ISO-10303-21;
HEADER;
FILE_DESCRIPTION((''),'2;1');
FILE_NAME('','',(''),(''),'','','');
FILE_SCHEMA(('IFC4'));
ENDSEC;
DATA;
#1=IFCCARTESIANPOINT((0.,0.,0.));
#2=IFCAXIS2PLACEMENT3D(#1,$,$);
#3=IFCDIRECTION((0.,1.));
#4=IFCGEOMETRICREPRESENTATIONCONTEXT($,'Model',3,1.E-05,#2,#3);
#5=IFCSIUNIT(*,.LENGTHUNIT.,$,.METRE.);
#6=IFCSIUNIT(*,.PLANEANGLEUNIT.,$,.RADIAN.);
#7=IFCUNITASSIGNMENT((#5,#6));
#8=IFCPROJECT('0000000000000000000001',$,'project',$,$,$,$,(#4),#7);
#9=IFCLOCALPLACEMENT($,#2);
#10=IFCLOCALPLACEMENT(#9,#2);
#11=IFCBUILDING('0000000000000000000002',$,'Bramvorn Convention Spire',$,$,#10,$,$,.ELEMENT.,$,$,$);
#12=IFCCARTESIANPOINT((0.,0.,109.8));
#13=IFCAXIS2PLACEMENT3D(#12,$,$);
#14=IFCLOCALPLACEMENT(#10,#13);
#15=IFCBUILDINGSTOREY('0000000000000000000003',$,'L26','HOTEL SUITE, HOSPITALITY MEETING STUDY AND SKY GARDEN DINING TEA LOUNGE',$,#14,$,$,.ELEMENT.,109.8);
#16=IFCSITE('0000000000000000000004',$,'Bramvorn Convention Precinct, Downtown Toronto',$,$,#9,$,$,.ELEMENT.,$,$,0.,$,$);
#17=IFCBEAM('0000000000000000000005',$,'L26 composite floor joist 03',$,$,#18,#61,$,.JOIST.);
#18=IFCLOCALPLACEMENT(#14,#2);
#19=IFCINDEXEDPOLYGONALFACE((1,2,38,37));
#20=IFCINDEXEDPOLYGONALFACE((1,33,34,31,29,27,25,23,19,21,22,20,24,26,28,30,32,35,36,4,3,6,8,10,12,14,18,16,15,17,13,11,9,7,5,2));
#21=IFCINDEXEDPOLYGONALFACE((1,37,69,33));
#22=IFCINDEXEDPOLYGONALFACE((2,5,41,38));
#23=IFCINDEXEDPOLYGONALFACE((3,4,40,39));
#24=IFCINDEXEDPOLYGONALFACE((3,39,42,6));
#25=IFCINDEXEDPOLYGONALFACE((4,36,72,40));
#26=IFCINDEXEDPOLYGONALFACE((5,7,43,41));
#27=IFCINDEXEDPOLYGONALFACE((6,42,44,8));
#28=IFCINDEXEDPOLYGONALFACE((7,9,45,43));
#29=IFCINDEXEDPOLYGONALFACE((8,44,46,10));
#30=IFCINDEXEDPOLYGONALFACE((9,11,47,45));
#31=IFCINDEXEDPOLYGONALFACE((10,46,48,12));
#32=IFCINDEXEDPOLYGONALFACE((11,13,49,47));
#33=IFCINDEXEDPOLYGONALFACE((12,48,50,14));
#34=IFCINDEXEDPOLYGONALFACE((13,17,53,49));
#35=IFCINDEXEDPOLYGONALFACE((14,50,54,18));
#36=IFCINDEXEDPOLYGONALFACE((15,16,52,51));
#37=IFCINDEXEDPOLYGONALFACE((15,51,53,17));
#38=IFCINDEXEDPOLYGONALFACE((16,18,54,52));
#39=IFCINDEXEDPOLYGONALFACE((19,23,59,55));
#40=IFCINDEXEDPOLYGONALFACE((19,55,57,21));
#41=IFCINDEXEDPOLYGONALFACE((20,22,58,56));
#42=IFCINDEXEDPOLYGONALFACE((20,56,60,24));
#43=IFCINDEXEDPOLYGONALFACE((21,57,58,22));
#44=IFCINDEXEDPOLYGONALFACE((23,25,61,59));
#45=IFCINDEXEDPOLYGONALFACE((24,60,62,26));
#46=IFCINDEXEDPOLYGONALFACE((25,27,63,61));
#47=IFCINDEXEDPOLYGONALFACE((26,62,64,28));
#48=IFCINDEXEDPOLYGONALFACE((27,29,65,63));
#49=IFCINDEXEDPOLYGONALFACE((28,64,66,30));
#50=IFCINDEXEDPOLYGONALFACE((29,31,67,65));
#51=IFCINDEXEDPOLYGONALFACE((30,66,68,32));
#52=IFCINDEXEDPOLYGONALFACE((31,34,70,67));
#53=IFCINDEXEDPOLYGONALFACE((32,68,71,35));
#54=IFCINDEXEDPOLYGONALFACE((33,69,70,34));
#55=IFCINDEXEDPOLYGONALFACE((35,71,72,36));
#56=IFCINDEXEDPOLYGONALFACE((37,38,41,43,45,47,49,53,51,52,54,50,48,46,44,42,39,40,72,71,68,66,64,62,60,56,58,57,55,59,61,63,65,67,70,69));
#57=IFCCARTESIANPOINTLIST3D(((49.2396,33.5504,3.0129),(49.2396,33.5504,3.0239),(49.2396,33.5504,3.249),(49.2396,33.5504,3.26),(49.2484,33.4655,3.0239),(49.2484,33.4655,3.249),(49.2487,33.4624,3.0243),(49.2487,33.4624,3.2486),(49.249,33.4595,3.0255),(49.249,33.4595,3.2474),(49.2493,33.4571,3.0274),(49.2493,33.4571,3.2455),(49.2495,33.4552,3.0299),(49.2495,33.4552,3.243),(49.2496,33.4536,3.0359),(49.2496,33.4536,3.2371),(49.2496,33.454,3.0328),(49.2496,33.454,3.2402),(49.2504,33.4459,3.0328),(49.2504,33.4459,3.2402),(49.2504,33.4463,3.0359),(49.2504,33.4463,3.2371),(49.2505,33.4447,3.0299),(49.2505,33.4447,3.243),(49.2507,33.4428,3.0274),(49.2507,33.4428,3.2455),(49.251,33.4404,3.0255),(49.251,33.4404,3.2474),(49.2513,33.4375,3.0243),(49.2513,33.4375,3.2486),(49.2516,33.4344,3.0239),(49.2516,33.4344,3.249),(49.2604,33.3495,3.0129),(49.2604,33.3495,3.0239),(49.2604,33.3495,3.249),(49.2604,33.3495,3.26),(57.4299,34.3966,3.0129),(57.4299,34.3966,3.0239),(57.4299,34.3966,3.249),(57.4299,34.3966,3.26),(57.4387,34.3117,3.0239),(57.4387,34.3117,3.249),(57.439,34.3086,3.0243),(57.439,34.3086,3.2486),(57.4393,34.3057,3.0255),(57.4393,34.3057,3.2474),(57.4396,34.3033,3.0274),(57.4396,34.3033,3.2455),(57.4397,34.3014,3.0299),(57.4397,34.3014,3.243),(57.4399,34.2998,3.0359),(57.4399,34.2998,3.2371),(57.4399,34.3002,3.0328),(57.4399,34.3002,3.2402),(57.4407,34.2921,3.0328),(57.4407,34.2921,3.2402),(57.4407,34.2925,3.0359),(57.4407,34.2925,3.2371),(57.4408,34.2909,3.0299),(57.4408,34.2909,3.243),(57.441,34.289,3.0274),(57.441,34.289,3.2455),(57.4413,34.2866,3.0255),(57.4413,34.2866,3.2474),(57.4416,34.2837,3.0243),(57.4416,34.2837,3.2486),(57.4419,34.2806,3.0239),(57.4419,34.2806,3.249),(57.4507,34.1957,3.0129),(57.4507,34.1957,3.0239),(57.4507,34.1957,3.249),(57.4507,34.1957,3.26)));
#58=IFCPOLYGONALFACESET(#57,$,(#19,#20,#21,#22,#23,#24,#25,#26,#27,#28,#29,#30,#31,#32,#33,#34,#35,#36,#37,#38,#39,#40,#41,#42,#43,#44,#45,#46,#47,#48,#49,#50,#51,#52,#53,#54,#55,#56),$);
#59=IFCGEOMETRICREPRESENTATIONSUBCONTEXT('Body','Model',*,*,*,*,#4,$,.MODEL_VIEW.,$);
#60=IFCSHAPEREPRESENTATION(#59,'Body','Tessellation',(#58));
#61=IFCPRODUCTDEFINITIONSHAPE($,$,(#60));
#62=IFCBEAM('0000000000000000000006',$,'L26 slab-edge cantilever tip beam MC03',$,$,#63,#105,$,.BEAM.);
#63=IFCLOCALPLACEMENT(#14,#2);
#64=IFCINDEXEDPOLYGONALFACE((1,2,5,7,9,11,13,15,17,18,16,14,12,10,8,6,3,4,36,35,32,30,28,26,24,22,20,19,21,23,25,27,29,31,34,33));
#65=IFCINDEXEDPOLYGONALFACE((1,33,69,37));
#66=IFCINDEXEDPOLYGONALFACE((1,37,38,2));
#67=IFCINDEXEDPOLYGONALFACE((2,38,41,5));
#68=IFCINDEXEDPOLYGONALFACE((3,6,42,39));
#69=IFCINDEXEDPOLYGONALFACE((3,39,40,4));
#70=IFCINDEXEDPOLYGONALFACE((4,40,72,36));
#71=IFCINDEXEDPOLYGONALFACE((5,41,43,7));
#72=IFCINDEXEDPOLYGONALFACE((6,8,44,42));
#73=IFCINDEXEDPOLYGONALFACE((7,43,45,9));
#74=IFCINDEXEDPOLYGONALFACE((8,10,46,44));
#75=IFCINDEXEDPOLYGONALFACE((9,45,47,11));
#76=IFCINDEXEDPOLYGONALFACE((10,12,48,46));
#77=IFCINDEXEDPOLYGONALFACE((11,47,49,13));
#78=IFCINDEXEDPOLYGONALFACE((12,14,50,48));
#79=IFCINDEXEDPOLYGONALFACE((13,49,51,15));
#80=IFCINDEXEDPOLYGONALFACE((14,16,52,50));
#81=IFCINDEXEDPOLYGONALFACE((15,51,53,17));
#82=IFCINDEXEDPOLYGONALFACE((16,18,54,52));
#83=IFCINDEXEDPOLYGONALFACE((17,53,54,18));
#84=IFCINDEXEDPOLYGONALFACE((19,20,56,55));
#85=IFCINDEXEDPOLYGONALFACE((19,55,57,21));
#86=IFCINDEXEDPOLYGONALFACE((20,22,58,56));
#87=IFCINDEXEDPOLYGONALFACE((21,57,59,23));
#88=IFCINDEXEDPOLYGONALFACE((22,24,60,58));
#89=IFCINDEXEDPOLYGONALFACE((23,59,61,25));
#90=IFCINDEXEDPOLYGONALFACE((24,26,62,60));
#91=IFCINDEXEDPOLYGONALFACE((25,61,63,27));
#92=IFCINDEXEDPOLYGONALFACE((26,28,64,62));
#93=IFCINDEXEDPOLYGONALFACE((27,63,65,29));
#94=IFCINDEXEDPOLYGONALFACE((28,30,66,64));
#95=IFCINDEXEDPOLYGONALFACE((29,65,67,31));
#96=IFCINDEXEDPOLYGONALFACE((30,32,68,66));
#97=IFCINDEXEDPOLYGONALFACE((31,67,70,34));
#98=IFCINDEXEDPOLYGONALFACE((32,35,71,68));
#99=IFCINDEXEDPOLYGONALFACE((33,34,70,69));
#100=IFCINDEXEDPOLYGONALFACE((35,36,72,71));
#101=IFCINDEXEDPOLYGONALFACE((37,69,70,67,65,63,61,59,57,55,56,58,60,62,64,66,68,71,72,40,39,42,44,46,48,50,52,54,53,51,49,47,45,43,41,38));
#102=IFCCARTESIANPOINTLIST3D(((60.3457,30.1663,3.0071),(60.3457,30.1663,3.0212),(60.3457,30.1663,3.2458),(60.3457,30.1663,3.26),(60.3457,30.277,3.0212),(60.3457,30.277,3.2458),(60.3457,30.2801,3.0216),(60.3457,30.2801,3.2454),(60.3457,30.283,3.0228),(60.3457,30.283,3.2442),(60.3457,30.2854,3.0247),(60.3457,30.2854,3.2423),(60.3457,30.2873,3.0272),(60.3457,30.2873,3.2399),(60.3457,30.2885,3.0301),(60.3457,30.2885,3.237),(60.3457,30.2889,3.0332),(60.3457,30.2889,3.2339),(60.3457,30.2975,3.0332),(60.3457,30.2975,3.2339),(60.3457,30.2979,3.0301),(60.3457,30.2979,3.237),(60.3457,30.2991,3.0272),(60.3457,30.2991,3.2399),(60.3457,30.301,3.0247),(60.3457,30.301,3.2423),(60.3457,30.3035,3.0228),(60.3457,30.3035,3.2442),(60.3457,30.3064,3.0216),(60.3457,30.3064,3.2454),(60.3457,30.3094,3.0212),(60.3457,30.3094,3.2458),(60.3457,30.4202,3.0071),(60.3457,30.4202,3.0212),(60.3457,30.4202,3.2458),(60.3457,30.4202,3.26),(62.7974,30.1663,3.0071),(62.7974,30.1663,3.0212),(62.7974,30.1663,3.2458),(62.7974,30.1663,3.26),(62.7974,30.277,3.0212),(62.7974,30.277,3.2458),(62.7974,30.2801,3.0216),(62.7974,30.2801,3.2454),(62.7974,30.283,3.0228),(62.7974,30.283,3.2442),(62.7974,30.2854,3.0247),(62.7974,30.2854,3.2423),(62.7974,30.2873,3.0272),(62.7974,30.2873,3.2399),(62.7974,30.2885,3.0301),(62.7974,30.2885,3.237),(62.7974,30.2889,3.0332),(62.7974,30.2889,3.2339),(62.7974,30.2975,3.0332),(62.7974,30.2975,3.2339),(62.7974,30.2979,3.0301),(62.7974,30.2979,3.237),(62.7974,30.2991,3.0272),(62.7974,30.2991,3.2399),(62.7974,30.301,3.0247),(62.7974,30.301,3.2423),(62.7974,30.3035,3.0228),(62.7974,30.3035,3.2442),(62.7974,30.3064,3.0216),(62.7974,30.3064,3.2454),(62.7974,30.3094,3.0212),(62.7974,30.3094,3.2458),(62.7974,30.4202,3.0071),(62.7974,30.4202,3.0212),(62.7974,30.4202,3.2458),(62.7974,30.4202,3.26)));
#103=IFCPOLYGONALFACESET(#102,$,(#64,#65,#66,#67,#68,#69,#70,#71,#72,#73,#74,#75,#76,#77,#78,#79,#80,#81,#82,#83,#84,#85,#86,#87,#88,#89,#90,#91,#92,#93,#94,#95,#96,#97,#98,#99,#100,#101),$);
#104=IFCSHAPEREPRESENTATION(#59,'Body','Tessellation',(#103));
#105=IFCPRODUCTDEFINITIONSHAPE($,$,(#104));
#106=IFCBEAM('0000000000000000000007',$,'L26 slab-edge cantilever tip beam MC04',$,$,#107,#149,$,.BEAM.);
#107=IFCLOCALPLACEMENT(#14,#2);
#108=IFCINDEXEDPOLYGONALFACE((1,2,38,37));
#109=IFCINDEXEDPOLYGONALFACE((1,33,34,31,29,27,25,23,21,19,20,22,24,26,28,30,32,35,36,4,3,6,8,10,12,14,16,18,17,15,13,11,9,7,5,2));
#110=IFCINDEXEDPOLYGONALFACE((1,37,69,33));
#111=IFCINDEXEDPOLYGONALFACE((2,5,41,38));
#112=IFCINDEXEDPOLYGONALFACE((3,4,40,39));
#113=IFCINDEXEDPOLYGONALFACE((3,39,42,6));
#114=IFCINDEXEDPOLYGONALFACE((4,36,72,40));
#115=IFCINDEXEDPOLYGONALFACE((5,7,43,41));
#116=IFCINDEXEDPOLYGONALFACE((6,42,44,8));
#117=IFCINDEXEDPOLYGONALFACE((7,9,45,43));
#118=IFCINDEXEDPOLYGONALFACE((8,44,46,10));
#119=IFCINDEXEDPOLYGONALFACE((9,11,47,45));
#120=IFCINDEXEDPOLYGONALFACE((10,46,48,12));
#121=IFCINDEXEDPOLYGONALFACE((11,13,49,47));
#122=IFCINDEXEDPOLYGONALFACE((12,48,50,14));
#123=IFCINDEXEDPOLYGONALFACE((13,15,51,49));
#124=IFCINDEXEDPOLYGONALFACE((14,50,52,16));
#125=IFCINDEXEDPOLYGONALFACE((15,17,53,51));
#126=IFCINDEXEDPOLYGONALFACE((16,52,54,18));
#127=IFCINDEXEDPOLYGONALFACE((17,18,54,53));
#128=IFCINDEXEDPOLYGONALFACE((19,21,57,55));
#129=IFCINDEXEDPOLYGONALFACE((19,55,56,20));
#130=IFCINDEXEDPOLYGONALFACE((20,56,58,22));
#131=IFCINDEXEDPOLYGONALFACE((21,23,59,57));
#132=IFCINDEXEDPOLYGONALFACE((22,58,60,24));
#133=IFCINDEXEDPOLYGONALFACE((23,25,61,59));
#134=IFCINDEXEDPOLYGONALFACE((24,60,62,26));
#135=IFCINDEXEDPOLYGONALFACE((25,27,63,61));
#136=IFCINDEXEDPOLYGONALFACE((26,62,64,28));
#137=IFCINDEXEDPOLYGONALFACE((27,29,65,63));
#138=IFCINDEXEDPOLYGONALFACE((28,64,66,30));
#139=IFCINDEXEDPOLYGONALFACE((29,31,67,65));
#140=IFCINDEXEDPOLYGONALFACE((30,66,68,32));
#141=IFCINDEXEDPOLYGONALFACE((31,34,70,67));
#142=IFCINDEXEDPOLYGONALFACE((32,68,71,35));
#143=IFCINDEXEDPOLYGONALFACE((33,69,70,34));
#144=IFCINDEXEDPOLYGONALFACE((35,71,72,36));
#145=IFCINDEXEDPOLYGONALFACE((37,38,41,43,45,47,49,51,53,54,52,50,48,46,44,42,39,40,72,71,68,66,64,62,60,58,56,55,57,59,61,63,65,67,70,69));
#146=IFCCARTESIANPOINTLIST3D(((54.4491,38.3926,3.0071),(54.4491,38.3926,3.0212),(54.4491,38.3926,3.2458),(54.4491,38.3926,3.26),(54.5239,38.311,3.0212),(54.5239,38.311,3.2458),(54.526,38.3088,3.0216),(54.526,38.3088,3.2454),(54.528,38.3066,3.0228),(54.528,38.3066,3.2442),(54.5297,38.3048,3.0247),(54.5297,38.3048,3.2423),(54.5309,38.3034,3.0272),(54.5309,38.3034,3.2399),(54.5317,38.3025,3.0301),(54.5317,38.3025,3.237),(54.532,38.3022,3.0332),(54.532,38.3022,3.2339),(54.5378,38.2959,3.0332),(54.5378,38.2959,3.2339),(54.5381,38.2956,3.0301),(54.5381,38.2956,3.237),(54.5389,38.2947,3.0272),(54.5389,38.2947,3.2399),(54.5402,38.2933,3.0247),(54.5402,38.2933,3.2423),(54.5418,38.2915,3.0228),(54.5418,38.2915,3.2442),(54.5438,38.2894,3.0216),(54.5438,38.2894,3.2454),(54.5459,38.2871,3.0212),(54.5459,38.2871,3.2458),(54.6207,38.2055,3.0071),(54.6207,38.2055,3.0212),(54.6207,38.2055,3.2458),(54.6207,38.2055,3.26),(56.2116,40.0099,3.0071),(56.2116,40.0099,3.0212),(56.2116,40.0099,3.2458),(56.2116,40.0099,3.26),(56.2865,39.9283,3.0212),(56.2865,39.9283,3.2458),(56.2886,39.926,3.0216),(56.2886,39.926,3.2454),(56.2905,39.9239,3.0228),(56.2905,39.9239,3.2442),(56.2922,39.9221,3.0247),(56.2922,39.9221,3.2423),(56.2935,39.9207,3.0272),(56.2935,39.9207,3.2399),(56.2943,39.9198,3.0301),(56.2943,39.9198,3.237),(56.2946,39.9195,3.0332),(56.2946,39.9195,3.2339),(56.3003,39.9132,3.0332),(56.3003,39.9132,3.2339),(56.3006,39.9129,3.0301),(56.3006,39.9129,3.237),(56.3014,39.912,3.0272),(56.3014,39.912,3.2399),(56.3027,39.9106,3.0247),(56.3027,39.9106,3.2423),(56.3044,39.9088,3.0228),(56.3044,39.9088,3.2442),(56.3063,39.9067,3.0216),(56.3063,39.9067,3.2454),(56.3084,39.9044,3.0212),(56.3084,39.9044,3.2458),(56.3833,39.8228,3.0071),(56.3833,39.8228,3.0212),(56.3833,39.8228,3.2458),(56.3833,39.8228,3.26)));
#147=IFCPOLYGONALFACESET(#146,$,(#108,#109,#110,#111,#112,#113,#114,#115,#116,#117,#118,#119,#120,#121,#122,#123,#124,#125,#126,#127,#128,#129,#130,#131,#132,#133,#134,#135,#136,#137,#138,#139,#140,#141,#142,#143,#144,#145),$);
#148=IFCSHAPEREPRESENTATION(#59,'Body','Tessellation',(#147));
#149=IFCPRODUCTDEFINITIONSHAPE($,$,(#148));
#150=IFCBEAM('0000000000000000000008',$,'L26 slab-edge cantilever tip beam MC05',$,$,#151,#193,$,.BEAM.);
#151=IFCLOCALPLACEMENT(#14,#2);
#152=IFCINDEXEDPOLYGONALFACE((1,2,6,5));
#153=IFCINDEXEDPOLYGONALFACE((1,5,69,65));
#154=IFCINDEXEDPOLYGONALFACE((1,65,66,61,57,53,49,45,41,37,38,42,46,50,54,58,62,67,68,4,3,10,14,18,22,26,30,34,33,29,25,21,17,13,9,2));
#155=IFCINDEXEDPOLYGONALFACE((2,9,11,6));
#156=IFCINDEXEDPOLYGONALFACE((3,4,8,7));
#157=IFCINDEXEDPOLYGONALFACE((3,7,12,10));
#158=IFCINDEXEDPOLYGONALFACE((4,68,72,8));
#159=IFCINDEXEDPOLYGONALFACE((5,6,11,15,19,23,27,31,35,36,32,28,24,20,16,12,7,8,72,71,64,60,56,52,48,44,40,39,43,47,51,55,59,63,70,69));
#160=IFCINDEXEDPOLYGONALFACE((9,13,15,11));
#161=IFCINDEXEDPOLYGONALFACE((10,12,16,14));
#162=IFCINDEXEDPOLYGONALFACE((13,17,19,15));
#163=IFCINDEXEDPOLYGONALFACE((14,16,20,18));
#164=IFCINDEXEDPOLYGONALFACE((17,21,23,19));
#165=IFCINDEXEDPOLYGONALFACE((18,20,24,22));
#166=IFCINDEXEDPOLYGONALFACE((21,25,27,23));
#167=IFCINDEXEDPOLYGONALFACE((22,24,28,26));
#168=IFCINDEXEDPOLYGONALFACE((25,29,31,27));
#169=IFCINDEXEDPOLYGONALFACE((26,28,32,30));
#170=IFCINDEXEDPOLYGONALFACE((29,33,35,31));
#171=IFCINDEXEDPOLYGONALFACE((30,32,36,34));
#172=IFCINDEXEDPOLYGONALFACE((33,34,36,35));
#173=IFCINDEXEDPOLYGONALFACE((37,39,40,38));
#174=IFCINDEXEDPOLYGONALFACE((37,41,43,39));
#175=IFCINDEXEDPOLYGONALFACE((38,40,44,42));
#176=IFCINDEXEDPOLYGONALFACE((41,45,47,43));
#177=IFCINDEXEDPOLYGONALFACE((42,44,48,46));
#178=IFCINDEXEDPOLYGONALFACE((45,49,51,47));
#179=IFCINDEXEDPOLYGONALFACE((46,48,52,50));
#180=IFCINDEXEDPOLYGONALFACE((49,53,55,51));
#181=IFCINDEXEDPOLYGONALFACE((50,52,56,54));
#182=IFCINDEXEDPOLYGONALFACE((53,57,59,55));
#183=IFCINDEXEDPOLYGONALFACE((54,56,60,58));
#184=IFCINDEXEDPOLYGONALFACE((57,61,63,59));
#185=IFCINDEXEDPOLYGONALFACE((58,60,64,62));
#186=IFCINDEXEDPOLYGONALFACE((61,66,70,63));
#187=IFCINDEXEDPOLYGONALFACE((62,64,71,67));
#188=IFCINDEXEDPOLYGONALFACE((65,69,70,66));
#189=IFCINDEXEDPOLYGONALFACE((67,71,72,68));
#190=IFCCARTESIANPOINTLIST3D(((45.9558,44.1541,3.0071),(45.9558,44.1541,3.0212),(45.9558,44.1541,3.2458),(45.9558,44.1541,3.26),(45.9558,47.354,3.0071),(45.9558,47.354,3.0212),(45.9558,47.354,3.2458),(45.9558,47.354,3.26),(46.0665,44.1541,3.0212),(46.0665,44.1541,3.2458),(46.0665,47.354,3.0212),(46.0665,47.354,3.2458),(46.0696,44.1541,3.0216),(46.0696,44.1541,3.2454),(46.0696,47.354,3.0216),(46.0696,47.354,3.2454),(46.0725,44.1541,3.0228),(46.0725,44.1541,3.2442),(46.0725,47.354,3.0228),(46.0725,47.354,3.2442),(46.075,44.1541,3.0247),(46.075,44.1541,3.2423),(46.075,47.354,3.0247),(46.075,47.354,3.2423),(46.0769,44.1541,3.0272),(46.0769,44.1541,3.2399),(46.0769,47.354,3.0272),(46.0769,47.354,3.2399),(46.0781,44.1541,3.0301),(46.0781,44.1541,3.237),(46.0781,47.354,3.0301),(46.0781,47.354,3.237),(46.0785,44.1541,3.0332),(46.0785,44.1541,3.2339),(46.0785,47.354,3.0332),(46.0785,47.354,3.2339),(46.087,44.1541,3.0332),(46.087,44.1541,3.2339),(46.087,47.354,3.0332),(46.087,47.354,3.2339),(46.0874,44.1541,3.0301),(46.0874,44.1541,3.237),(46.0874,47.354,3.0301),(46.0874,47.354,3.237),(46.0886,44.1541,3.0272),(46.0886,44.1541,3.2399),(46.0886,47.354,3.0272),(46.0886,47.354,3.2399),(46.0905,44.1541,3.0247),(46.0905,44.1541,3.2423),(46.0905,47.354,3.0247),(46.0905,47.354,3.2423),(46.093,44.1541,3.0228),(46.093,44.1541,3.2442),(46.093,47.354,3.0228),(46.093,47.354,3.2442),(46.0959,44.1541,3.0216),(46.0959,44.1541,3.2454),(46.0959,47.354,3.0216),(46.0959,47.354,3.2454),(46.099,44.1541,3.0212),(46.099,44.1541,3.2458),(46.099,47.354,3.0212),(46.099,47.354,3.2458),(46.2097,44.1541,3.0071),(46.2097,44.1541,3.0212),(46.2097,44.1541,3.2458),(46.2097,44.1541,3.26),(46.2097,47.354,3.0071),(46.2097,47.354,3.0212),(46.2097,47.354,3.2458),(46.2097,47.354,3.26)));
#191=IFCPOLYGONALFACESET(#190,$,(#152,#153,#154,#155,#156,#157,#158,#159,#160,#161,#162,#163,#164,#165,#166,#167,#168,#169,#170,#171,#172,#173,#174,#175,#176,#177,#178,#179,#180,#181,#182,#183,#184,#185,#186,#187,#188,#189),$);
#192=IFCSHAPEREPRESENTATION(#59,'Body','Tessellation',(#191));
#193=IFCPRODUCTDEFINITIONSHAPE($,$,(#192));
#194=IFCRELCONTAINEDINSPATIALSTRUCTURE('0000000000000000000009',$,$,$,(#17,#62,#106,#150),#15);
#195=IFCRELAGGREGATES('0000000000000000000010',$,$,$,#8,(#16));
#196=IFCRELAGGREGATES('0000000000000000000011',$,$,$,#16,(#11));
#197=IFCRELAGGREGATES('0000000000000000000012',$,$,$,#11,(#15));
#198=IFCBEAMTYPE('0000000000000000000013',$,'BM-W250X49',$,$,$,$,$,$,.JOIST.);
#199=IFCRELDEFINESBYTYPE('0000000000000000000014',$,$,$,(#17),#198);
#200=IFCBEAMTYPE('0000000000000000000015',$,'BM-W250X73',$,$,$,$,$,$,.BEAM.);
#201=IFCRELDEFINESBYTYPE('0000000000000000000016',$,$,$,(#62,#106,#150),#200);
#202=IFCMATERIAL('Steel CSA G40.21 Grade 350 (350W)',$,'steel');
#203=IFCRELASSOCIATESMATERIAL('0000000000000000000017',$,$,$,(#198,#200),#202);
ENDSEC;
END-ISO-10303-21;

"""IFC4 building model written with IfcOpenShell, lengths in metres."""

from ifc_helpers import new_model, si_unit, direction, frame, origin, origin_2d, place, context, subcontext, project, spatial, i_section, extrude, material, material_profile, profile_set, type_object, element, save


model = new_model("IFC4")

# Units and contexts
model_context = context("Model", 3, precision=1e-05, world=origin(), true_north=direction((0.0, 1.0)))
body_context = subcontext(model_context, "Body", "Model", "MODEL_VIEW")
ifc_project = project(units=[si_unit("LENGTHUNIT", "METRE"), si_unit("PLANEANGLEUNIT", "RADIAN")], contexts=[model_context])

# Site, building, storey
site_placement = place(None, origin())
site = spatial("IfcSite", under=ifc_project, at=site_placement, Name="Bramvorn Convention Precinct, Downtown Toronto", CompositionType="ELEMENT", RefElevation=0.0)
building_placement = place(site_placement, origin())
building = spatial("IfcBuilding", under=site, at=building_placement, Name="Bramvorn Convention Spire", CompositionType="ELEMENT")
storey_placement = place(building_placement, frame((0.0, 0.0, 109.8)))
storey = spatial("IfcBuildingStorey", under=building, at=storey_placement, Name="L26", Description="HOTEL SUITE, HOSPITALITY MEETING STUDY AND SKY GARDEN DINING TEA LOUNGE", CompositionType="ELEMENT", Elevation=109.8)

# Shared definitions
ifc_material_1 = material(Name="Steel CSA G40.21 Grade 350 (350W)", Category="steel")

# Beams
ifc_material_profile_1 = material_profile(ifc_material_1, i_section(OverallWidth=0.2019, OverallDepth=0.2471, WebThickness=0.0073, FlangeThickness=0.011, FilletRadius=0.012, at=origin_2d()))
ifc_profile_set_1 = profile_set([ifc_material_profile_1], Name="Steel CSA G40.21 Grade 350 (350W) - W250X49")
beam_type_1 = type_object("IfcBeamType", Name="BM-W250X49", PredefinedType="JOIST", material=ifc_profile_set_1)
beam_1_placement = place(storey_placement, frame((49.25, 33.45, 3.1365), z_axis=(0.994705, 0.102771, 0.0), x_axis=(-0.102771, 0.994705, 0.0)))
element("IfcBeam", 1, at=beam_1_placement, inside=storey, type_object=beam_type_1, Name="L26 composite floor joist 03", PredefinedType="JOIST", context=body_context, shape_type="SweptSolid", body=[
    extrude(i_section(OverallWidth=0.2019, OverallDepth=0.2471, WebThickness=0.0073, FlangeThickness=0.011, FilletRadius=0.012, at=origin_2d()), origin(), (0.0, 0.0, 1.0), 8.2339),
])
ifc_material_profile_2 = material_profile(ifc_material_1, i_section(OverallWidth=0.2539, OverallDepth=0.2529, WebThickness=0.0085, FlangeThickness=0.0142, FilletRadius=0.012, at=origin_2d()))
ifc_profile_set_2 = profile_set([ifc_material_profile_2], Name="Steel CSA G40.21 Grade 350 (350W) - W250X73")
beam_type_2 = type_object("IfcBeamType", Name="BM-W250X73", PredefinedType="BEAM", material=ifc_profile_set_2)
beam_2_placement = place(storey_placement, frame((60.3457, 30.2932, 3.1335), z_axis=(1.0, 0.0, 0.0), x_axis=(0.0, 1.0, 0.0)))
element("IfcBeam", 2, at=beam_2_placement, inside=storey, type_object=beam_type_2, Name="L26 slab-edge cantilever tip beam MC03", PredefinedType="BEAM", context=body_context, shape_type="SweptSolid", body=[
    extrude(i_section(OverallWidth=0.2539, OverallDepth=0.2529, WebThickness=0.0085, FlangeThickness=0.0142, FilletRadius=0.012, at=origin_2d()), origin(), (0.0, 0.0, 1.0), 2.4517),
])
beam_3_placement = place(storey_placement, frame((54.5349, 38.2991, 3.1335), z_axis=(0.736819, 0.67609, 0.0), x_axis=(-0.67609, 0.736819, 0.0)))
element("IfcBeam", 3, at=beam_3_placement, inside=storey, type_object=beam_type_2, Name="L26 slab-edge cantilever tip beam MC04", PredefinedType="BEAM", context=body_context, shape_type="SweptSolid", body=[
    extrude(i_section(OverallWidth=0.2539, OverallDepth=0.2529, WebThickness=0.0085, FlangeThickness=0.0142, FilletRadius=0.012, at=origin_2d()), origin(), (0.0, 0.0, 1.0), 2.3921),
])
beam_4_placement = place(storey_placement, frame((46.0828, 44.1541, 3.1335), z_axis=(0.0, 1.0, 0.0), x_axis=(-1.0, 0.0, 0.0)))
element("IfcBeam", 4, at=beam_4_placement, inside=storey, type_object=beam_type_2, Name="L26 slab-edge cantilever tip beam MC05", PredefinedType="BEAM", context=body_context, shape_type="SweptSolid", body=[
    extrude(i_section(OverallWidth=0.2539, OverallDepth=0.2529, WebThickness=0.0085, FlangeThickness=0.0142, FilletRadius=0.012, at=origin_2d()), origin(), (0.0, 0.0, 1.0), 3.2),
])

save(model, "model.ifc")
